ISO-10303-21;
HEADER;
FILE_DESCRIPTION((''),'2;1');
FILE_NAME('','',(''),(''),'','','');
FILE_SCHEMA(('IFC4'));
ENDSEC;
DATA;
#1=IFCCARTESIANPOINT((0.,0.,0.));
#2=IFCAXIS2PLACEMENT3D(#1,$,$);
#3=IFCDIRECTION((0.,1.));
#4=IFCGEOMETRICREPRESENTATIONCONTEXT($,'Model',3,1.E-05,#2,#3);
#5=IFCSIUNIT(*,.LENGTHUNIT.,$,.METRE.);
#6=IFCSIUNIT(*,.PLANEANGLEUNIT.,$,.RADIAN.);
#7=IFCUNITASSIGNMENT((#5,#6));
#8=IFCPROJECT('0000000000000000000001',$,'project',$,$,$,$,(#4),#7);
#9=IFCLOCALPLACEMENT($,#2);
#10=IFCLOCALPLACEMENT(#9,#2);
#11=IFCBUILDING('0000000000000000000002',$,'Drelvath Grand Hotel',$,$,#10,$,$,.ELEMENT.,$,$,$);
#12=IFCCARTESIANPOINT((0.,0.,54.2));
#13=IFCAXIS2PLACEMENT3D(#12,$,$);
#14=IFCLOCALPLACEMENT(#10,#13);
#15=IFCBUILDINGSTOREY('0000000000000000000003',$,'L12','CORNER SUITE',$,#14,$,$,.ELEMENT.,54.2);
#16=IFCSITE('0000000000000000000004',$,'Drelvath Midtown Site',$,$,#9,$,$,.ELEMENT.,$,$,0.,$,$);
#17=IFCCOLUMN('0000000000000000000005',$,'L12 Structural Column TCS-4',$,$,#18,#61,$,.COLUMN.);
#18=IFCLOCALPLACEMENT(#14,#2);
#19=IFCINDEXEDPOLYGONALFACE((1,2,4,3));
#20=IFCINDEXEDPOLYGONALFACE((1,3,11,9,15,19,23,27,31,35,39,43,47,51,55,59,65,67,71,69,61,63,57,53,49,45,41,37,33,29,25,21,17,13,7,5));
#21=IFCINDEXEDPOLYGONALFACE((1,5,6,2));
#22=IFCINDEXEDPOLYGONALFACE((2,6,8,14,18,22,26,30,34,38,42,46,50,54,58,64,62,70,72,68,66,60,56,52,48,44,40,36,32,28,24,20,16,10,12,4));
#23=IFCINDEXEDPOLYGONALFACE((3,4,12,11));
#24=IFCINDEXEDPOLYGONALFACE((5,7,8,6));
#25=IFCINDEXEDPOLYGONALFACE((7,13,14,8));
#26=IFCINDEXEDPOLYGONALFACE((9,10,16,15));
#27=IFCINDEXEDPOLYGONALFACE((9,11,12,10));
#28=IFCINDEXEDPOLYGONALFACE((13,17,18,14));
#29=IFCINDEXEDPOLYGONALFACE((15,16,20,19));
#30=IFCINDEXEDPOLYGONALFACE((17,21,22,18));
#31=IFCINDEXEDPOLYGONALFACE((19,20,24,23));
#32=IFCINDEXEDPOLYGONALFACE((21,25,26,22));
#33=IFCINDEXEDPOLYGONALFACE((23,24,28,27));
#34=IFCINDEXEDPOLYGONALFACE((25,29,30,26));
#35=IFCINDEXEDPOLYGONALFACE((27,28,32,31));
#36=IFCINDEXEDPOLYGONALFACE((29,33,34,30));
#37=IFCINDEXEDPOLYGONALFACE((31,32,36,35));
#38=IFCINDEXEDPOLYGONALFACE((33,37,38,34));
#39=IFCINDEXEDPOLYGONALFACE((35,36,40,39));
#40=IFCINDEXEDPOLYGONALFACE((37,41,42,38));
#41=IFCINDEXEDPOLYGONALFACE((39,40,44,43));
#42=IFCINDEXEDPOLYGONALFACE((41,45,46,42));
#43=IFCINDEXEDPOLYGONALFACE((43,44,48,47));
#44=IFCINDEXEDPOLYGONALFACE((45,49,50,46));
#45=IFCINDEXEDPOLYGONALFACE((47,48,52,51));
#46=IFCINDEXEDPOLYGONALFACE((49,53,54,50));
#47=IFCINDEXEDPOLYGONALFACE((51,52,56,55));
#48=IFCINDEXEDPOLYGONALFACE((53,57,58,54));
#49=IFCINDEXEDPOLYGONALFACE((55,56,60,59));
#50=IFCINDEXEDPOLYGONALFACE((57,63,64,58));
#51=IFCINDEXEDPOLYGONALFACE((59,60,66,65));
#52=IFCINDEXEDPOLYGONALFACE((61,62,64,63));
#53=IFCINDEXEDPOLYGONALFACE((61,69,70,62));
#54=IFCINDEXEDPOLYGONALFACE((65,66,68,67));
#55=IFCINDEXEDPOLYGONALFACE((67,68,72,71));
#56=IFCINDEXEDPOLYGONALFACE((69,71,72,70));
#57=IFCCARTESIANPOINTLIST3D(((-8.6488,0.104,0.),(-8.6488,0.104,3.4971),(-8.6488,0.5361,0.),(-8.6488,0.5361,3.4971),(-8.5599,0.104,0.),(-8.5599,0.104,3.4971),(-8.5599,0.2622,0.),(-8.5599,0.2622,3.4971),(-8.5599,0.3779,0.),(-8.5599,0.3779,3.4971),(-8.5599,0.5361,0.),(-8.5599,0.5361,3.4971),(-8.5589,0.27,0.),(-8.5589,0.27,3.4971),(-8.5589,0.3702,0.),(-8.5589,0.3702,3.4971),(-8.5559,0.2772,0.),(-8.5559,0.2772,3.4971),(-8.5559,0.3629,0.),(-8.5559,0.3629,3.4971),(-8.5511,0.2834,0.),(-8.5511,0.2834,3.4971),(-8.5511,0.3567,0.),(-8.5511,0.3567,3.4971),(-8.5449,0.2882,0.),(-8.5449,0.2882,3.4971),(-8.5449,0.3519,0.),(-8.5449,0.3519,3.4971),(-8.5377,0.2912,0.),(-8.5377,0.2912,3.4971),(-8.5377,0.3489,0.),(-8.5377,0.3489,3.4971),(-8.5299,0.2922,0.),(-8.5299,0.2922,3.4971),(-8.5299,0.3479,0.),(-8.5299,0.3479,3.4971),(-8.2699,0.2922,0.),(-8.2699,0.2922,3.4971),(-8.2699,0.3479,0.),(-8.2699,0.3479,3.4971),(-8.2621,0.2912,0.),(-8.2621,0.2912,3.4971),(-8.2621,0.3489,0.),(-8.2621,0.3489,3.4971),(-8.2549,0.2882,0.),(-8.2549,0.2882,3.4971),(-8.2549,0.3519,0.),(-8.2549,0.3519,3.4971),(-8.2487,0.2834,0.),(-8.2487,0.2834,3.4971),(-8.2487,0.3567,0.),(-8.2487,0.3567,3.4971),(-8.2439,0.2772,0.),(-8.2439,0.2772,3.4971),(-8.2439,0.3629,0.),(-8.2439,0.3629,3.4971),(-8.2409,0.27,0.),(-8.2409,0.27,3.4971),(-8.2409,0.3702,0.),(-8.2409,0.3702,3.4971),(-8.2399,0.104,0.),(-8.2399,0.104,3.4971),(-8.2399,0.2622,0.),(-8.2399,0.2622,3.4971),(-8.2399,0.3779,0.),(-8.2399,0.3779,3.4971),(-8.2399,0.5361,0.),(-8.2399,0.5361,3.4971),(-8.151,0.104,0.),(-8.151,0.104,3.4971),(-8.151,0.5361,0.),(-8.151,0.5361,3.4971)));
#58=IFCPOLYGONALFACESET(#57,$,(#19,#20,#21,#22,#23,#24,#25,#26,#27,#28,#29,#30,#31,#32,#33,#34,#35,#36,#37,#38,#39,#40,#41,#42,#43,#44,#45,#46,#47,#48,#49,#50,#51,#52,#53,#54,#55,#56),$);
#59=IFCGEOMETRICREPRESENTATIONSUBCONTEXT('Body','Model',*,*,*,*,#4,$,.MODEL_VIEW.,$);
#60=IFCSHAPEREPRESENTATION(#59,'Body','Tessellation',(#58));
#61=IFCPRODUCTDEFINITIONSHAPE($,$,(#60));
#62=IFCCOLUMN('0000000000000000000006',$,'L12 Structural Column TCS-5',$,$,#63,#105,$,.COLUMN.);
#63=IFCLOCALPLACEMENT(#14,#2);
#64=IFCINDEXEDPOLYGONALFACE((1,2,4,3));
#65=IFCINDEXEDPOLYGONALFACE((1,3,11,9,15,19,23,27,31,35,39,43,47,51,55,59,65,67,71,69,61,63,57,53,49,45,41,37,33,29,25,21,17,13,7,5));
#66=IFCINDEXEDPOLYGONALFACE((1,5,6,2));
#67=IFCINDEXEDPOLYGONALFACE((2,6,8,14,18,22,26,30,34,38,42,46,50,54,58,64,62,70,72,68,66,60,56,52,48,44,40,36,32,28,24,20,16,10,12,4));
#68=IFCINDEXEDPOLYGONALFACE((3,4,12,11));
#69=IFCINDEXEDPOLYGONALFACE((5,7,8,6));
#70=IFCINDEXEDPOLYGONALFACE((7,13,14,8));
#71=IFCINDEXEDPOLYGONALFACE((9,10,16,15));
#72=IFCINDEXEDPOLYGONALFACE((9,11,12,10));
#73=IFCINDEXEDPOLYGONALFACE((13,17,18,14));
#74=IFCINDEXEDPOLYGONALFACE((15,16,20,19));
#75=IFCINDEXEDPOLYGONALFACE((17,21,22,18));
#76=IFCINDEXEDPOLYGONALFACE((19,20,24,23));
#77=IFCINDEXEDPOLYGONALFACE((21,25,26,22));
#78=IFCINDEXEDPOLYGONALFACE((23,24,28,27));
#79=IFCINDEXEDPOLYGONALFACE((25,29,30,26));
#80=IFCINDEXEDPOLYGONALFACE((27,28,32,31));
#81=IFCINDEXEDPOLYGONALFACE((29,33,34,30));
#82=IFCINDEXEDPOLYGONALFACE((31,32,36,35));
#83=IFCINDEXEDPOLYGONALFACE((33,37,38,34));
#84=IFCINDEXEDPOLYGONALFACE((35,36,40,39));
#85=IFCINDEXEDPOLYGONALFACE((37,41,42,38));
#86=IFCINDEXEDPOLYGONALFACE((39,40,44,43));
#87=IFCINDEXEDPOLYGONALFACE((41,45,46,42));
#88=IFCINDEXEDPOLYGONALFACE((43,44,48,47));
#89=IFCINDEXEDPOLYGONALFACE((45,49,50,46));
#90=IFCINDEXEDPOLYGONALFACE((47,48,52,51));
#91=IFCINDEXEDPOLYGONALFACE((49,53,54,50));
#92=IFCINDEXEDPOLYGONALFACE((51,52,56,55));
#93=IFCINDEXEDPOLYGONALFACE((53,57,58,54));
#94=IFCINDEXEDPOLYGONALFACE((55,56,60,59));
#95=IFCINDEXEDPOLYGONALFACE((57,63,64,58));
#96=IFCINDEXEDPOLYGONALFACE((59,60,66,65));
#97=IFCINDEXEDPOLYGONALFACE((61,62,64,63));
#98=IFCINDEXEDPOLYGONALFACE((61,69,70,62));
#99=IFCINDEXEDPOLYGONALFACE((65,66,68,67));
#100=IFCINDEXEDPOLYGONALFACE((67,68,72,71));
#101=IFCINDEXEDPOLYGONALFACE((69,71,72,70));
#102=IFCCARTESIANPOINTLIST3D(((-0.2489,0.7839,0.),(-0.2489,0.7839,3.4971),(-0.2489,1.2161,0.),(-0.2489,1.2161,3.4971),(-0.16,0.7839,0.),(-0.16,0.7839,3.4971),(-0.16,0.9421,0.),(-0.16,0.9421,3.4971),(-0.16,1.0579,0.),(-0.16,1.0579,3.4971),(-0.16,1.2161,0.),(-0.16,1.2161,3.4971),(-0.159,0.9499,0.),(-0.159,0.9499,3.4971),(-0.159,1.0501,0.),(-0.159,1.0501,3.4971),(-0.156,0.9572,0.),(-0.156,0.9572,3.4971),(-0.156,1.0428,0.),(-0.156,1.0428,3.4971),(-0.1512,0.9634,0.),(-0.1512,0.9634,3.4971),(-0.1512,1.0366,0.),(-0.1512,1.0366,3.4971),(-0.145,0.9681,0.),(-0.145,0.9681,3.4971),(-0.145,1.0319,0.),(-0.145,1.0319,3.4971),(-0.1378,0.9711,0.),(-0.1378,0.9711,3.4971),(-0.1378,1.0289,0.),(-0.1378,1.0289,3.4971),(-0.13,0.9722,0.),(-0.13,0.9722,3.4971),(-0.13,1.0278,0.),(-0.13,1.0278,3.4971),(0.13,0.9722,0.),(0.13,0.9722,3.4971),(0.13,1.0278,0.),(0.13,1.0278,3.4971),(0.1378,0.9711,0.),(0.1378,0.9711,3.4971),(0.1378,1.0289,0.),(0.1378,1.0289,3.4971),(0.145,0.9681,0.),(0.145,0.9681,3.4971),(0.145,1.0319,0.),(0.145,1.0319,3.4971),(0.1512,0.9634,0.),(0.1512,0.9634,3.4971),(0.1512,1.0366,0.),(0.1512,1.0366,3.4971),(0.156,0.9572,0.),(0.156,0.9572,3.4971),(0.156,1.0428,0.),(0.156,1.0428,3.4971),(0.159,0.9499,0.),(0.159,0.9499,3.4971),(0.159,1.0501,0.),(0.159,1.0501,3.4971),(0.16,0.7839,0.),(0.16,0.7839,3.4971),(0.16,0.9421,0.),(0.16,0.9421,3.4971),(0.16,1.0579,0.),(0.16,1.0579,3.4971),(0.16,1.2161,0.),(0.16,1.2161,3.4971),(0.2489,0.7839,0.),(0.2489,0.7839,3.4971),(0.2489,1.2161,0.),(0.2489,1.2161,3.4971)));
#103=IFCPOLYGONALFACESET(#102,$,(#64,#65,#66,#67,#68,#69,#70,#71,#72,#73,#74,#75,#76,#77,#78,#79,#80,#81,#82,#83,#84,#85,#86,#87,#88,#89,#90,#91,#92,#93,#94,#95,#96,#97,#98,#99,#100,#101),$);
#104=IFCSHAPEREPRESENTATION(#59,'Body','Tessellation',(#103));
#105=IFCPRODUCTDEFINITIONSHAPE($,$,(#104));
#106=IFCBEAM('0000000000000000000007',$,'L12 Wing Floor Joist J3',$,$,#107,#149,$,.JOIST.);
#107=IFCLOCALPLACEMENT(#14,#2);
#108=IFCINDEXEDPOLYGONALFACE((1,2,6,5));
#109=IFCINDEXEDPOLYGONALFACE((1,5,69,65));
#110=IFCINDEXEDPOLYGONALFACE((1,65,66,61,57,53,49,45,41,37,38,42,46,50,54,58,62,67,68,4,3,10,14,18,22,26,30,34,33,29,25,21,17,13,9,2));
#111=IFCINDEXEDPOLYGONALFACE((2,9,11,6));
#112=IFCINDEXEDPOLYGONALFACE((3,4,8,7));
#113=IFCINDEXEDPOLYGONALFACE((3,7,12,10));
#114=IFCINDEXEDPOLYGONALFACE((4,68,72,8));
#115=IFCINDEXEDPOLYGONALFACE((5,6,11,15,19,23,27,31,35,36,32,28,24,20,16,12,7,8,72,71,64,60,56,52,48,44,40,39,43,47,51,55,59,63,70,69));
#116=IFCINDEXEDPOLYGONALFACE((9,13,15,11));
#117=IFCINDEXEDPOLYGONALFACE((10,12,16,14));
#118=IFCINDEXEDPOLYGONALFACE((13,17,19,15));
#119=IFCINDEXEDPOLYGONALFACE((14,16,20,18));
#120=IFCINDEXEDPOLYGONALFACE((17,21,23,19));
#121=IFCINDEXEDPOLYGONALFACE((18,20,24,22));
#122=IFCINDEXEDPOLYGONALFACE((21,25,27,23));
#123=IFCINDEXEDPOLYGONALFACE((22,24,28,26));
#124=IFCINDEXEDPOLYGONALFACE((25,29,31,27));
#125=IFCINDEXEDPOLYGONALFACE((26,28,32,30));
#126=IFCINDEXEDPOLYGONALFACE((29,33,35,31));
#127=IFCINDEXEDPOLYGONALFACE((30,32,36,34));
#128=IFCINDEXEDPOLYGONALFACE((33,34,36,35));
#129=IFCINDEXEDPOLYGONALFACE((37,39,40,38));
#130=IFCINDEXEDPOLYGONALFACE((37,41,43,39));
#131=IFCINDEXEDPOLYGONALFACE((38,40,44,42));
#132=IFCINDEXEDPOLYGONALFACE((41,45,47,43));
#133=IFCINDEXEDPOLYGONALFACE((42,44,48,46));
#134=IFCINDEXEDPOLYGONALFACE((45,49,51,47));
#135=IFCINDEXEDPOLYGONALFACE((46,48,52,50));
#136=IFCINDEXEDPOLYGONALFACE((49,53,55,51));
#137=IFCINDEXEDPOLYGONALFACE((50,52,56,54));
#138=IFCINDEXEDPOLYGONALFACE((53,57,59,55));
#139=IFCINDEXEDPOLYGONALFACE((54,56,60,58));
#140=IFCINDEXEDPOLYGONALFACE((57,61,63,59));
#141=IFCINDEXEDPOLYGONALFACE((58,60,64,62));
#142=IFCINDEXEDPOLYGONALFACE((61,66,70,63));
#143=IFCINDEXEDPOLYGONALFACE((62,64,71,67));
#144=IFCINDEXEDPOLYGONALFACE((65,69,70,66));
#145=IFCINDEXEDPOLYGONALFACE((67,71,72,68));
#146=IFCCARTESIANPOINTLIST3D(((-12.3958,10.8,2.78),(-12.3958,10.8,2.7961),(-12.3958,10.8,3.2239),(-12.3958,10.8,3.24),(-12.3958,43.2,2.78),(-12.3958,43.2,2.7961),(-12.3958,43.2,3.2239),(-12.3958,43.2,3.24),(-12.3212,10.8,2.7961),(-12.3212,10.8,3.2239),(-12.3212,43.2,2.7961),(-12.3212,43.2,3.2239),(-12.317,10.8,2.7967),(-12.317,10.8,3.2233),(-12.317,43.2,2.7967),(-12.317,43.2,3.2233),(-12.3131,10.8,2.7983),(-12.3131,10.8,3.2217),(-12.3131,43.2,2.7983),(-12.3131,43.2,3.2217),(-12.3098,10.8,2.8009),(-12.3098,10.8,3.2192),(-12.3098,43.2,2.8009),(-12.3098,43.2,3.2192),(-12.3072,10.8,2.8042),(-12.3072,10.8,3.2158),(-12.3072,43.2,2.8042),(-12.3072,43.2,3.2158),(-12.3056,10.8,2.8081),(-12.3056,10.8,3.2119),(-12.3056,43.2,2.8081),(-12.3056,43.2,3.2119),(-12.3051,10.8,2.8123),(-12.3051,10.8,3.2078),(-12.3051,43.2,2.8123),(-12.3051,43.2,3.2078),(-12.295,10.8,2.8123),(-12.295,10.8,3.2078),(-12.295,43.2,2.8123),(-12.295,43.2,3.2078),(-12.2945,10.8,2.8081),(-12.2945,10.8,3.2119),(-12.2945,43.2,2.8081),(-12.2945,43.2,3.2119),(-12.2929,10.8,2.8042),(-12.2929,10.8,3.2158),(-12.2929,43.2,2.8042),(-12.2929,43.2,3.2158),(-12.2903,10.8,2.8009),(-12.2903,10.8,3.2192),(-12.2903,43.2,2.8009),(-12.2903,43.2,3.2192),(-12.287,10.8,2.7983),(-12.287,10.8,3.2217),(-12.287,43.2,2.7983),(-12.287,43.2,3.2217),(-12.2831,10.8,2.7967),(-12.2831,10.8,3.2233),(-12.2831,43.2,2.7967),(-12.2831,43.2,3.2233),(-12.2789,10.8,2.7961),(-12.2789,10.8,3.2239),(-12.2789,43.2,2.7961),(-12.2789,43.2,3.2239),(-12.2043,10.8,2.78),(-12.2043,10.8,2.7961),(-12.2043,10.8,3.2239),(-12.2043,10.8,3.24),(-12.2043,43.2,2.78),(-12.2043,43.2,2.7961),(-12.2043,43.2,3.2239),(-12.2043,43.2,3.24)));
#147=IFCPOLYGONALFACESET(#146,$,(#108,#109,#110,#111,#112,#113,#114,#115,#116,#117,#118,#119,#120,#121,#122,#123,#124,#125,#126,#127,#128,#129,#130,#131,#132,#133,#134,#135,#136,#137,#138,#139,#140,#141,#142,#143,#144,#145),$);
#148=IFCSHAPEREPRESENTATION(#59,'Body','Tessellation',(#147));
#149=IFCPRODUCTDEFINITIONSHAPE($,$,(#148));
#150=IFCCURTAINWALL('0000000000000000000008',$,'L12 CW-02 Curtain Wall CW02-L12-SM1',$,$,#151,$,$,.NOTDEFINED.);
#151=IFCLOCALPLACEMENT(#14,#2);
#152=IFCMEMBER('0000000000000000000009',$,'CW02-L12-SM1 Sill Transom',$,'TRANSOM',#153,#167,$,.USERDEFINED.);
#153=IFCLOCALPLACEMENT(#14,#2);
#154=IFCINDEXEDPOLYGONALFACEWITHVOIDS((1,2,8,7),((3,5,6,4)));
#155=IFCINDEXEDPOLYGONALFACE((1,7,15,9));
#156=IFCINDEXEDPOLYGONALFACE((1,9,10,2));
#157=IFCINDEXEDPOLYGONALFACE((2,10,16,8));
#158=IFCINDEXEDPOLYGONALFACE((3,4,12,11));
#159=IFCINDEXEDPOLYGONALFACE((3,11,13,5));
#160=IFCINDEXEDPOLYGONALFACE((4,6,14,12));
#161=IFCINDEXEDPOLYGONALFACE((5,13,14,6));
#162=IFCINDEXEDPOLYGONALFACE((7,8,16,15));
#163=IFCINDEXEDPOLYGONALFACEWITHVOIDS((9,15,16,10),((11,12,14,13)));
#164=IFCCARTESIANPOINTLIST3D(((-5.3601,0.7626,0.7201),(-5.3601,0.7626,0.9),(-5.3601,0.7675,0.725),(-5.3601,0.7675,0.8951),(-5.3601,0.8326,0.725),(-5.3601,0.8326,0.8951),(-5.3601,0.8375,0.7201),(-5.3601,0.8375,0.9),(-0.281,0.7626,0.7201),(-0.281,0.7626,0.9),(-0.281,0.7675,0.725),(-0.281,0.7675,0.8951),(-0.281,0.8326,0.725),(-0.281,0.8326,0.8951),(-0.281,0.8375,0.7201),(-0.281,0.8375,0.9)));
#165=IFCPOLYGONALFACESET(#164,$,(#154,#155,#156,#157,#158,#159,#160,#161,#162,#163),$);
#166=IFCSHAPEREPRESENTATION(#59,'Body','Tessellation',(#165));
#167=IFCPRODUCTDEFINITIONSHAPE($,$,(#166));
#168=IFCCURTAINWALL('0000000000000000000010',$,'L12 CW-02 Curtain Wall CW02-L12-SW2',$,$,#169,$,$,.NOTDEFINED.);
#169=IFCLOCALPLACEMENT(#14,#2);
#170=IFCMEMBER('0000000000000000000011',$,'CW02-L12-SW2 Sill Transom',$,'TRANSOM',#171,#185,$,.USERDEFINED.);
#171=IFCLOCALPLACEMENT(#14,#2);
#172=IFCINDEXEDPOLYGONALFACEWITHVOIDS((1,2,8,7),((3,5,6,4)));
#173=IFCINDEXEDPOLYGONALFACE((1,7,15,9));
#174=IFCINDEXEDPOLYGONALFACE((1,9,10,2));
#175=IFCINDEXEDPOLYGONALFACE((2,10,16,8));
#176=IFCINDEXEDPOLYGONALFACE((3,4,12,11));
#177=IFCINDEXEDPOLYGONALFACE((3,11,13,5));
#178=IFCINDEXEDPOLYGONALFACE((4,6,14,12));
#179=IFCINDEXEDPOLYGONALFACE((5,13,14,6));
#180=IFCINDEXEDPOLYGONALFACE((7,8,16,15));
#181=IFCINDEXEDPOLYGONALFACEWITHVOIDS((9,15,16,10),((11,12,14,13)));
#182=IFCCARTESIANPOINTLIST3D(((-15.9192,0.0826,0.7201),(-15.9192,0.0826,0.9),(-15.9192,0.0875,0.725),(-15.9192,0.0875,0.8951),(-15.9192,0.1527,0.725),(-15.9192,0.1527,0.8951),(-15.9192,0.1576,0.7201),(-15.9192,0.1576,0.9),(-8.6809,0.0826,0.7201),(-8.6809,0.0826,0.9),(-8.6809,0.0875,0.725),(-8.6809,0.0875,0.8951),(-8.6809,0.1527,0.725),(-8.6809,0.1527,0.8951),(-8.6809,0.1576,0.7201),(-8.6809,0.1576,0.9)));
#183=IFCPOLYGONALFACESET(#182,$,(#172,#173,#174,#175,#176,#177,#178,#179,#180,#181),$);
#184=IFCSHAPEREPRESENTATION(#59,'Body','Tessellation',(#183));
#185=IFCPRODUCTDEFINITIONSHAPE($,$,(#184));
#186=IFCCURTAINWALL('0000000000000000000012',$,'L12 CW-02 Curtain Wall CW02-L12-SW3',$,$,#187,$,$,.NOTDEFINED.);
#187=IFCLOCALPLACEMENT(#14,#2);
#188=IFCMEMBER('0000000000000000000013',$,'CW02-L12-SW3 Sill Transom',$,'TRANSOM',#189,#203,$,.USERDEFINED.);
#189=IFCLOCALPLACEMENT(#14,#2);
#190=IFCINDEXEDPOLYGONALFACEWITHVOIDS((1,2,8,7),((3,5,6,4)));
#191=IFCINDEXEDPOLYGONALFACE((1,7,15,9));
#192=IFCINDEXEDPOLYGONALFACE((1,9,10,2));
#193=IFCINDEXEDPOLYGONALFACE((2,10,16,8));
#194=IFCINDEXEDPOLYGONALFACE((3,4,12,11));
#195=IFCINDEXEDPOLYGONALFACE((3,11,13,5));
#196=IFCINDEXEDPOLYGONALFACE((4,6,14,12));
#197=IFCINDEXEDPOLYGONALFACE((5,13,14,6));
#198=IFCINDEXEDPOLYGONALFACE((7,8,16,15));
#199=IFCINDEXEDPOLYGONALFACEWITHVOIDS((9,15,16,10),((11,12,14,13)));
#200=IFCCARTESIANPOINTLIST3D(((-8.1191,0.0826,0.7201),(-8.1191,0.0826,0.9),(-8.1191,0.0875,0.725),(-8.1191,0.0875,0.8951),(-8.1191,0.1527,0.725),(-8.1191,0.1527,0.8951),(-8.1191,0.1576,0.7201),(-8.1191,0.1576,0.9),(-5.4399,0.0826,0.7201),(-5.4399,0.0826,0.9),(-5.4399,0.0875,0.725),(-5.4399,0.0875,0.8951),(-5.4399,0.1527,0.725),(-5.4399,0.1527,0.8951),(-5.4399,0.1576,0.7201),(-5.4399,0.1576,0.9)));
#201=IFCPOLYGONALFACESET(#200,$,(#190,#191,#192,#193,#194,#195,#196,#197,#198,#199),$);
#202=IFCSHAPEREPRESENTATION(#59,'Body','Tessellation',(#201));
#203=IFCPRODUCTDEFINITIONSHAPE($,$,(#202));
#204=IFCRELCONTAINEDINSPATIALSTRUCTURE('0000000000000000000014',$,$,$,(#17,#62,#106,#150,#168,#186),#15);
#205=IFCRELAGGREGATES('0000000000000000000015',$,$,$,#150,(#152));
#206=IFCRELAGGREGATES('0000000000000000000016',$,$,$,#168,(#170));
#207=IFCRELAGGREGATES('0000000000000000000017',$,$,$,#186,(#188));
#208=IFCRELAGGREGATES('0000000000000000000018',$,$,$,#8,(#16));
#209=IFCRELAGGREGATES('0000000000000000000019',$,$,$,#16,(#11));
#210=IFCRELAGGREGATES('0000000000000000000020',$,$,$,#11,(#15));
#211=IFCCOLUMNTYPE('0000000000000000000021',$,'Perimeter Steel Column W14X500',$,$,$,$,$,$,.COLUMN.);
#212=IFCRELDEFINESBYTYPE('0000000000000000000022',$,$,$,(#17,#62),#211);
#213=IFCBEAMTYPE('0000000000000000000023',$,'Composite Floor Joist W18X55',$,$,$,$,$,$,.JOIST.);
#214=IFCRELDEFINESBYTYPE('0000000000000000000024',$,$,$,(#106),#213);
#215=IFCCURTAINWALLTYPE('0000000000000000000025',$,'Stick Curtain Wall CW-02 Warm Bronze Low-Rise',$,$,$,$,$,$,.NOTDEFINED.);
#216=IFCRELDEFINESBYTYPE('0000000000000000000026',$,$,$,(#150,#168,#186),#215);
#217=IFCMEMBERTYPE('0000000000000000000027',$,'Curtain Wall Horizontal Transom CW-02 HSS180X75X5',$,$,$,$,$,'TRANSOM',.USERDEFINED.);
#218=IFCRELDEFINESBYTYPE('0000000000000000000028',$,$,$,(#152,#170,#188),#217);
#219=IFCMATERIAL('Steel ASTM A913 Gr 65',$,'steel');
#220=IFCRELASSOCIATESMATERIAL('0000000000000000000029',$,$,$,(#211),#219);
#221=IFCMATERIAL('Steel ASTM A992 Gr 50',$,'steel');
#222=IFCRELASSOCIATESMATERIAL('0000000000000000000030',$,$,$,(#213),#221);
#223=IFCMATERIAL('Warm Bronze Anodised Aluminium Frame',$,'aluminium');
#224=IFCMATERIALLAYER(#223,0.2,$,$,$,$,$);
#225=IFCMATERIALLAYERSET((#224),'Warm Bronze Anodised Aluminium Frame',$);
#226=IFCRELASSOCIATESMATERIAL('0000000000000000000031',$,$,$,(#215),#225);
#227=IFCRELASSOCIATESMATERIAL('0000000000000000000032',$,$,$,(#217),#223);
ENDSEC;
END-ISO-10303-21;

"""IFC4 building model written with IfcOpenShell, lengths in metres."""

from ifc_helpers import new_model, si_unit, direction, frame, origin, origin_2d, place, context, subcontext, project, spatial, hollow_rectangle, i_section, extrude, material, layer, layer_set, material_profile, profile_set, type_object, element, aggregate, save


model = new_model("IFC4")

# Units and contexts
model_context = context("Model", 3, precision=1e-05, world=origin(), true_north=direction((0.0, 1.0)))
body_context = subcontext(model_context, "Body", "Model", "MODEL_VIEW")
ifc_project = project(units=[si_unit("LENGTHUNIT", "METRE"), si_unit("PLANEANGLEUNIT", "RADIAN")], contexts=[model_context])

# Site, building, storey
site_placement = place(None, origin())
site = spatial("IfcSite", under=ifc_project, at=site_placement, Name="Drelvath Midtown Site", CompositionType="ELEMENT", RefElevation=0.0)
building_placement = place(site_placement, origin())
building = spatial("IfcBuilding", under=site, at=building_placement, Name="Drelvath Grand Hotel", CompositionType="ELEMENT")
storey_placement = place(building_placement, frame((0.0, 0.0, 54.2)))
storey = spatial("IfcBuildingStorey", under=building, at=storey_placement, Name="L12", Description="CORNER SUITE", CompositionType="ELEMENT", Elevation=54.2)

# Columns
ifc_material_1 = material(Name="Steel ASTM A913 Gr 65", Category="steel")
ifc_material_profile_1 = material_profile(ifc_material_1, i_section(OverallWidth=0.4321, OverallDepth=0.4978, WebThickness=0.0557, FlangeThickness=0.0889, FilletRadius=0.03, at=origin_2d()), Name="W14X500")
ifc_profile_set_1 = profile_set([ifc_material_profile_1], Name="Steel ASTM A913 Gr 65")
column_type = type_object("IfcColumnType", Name="Perimeter Steel Column W14X500", PredefinedType="COLUMN", material=ifc_profile_set_1)
for number, where, z_axis, x_axis, name in (
    (1, (-8.3999, 0.3201, 0.0), (0.0, 0.0, 1.0), (0.0, 1.0, 0.0), "L12 Structural Column TCS-4"),
    (2, (0.0, 1.0, 0.0), (0.0, 0.0, 1.0), (0.0, 1.0, 0.0), "L12 Structural Column TCS-5"),
):
    element("IfcColumn", number, at=place(storey_placement, frame(where, z_axis=z_axis, x_axis=x_axis)), inside=storey, type_object=column_type, Name=name, PredefinedType="COLUMN", context=body_context, shape_type="SweptSolid", body=[
        extrude(i_section(OverallWidth=0.4321, OverallDepth=0.4978, WebThickness=0.0557, FlangeThickness=0.0889, FilletRadius=0.03, at=origin_2d()), origin(), (0.0, 0.0, 1.0), 3.4971),
    ])

# Beam
ifc_material_2 = material(Name="Steel ASTM A992 Gr 50", Category="steel")
ifc_material_profile_2 = material_profile(ifc_material_2, i_section(OverallWidth=0.1914, OverallDepth=0.46, WebThickness=0.01, FlangeThickness=0.0161, FilletRadius=0.0161, at=origin_2d()), Name="W18X55")
ifc_profile_set_2 = profile_set([ifc_material_profile_2], Name="Steel ASTM A992 Gr 50")
beam_type_1 = type_object("IfcBeamType", Name="Composite Floor Joist W18X55", PredefinedType="JOIST", material=ifc_profile_set_2)
beam_1_placement = place(storey_placement, frame((-12.3, 10.8, 3.01), z_axis=(0.0, 1.0, 0.0), x_axis=(-1.0, 0.0, 0.0)))
element("IfcBeam", 3, at=beam_1_placement, inside=storey, type_object=beam_type_1, Name="L12 Wing Floor Joist J3", PredefinedType="JOIST", context=body_context, shape_type="SweptSolid", body=[
    extrude(i_section(OverallWidth=0.1914, OverallDepth=0.46, WebThickness=0.01, FlangeThickness=0.0161, FilletRadius=0.0161, at=origin_2d()), origin(), (0.0, 0.0, 1.0), 32.3999),
])

# Curtain walls, members
ifc_material_3 = material(Name="Warm Bronze Anodised Aluminium Frame", Category="aluminium")
ifc_layer_1 = layer(ifc_material_3, 0.2)
ifc_layer_set_1 = layer_set([ifc_layer_1], Name="Warm Bronze Anodised Aluminium Frame")
curtain_wall_type = type_object("IfcCurtainWallType", Name="Stick Curtain Wall CW-02 Warm Bronze Low-Rise", PredefinedType="NOTDEFINED", material=ifc_layer_set_1)
curtain_wall_1_placement = place(storey_placement, origin())
curtain_wall_1 = element("IfcCurtainWall", 4, at=curtain_wall_1_placement, inside=storey, type_object=curtain_wall_type, Name="L12 CW-02 Curtain Wall CW02-L12-SM1", PredefinedType="NOTDEFINED")
ifc_material_profile_3 = material_profile(ifc_material_3, hollow_rectangle(XDim=0.075, YDim=0.1799, WallThickness=0.0049, at=origin_2d()), Name="HSS180X75X5")
ifc_profile_set_3 = profile_set([ifc_material_profile_3], Name="Warm Bronze Anodised Aluminium Frame")
member_type_1 = type_object("IfcMemberType", Name="Curtain Wall Horizontal Transom CW-02 HSS180X75X5", ElementType="TRANSOM", PredefinedType="USERDEFINED", material=ifc_profile_set_3)
member_1_placement = place(storey_placement, frame((-0.281, 0.8, 0.8101), z_axis=(-1.0, 0.0, 0.0), x_axis=(0.0, -1.0, 0.0)))
member_1 = element("IfcMember", 5, at=member_1_placement, type_object=member_type_1, Name="CW02-L12-SM1 Sill Transom", ObjectType="TRANSOM", PredefinedType="USERDEFINED", context=body_context, shape_type="SweptSolid", body=[
    extrude(hollow_rectangle(XDim=0.075, YDim=0.1799, WallThickness=0.0049, at=origin_2d()), origin(), (0.0, 0.0, 1.0), 5.0791),
])
curtain_wall_2_placement = place(storey_placement, origin())
curtain_wall_2 = element("IfcCurtainWall", 6, at=curtain_wall_2_placement, inside=storey, type_object=curtain_wall_type, Name="L12 CW-02 Curtain Wall CW02-L12-SW2", PredefinedType="NOTDEFINED")
member_2_placement = place(storey_placement, frame((-8.6809, 0.1201, 0.8101), z_axis=(-1.0, 0.0, 0.0), x_axis=(0.0, -1.0, 0.0)))
member_2 = element("IfcMember", 7, at=member_2_placement, type_object=member_type_1, Name="CW02-L12-SW2 Sill Transom", ObjectType="TRANSOM", PredefinedType="USERDEFINED", context=body_context, shape_type="SweptSolid", body=[
    extrude(hollow_rectangle(XDim=0.075, YDim=0.1799, WallThickness=0.0049, at=origin_2d()), origin(), (0.0, 0.0, 1.0), 7.2383),
])
curtain_wall_3_placement = place(storey_placement, origin())
curtain_wall_3 = element("IfcCurtainWall", 8, at=curtain_wall_3_placement, inside=storey, type_object=curtain_wall_type, Name="L12 CW-02 Curtain Wall CW02-L12-SW3", PredefinedType="NOTDEFINED")
member_3_placement = place(storey_placement, frame((-5.4399, 0.1201, 0.8101), z_axis=(-1.0, 0.0, 0.0), x_axis=(0.0, -1.0, 0.0)))
member_3 = element("IfcMember", 9, at=member_3_placement, type_object=member_type_1, Name="CW02-L12-SW3 Sill Transom", ObjectType="TRANSOM", PredefinedType="USERDEFINED", context=body_context, shape_type="SweptSolid", body=[
    extrude(hollow_rectangle(XDim=0.075, YDim=0.1799, WallThickness=0.0049, at=origin_2d()), origin(), (0.0, 0.0, 1.0), 2.6792),
])

aggregate(curtain_wall_1, [member_1])
aggregate(curtain_wall_2, [member_2])
aggregate(curtain_wall_3, [member_3])

save(model, "model.ifc")
